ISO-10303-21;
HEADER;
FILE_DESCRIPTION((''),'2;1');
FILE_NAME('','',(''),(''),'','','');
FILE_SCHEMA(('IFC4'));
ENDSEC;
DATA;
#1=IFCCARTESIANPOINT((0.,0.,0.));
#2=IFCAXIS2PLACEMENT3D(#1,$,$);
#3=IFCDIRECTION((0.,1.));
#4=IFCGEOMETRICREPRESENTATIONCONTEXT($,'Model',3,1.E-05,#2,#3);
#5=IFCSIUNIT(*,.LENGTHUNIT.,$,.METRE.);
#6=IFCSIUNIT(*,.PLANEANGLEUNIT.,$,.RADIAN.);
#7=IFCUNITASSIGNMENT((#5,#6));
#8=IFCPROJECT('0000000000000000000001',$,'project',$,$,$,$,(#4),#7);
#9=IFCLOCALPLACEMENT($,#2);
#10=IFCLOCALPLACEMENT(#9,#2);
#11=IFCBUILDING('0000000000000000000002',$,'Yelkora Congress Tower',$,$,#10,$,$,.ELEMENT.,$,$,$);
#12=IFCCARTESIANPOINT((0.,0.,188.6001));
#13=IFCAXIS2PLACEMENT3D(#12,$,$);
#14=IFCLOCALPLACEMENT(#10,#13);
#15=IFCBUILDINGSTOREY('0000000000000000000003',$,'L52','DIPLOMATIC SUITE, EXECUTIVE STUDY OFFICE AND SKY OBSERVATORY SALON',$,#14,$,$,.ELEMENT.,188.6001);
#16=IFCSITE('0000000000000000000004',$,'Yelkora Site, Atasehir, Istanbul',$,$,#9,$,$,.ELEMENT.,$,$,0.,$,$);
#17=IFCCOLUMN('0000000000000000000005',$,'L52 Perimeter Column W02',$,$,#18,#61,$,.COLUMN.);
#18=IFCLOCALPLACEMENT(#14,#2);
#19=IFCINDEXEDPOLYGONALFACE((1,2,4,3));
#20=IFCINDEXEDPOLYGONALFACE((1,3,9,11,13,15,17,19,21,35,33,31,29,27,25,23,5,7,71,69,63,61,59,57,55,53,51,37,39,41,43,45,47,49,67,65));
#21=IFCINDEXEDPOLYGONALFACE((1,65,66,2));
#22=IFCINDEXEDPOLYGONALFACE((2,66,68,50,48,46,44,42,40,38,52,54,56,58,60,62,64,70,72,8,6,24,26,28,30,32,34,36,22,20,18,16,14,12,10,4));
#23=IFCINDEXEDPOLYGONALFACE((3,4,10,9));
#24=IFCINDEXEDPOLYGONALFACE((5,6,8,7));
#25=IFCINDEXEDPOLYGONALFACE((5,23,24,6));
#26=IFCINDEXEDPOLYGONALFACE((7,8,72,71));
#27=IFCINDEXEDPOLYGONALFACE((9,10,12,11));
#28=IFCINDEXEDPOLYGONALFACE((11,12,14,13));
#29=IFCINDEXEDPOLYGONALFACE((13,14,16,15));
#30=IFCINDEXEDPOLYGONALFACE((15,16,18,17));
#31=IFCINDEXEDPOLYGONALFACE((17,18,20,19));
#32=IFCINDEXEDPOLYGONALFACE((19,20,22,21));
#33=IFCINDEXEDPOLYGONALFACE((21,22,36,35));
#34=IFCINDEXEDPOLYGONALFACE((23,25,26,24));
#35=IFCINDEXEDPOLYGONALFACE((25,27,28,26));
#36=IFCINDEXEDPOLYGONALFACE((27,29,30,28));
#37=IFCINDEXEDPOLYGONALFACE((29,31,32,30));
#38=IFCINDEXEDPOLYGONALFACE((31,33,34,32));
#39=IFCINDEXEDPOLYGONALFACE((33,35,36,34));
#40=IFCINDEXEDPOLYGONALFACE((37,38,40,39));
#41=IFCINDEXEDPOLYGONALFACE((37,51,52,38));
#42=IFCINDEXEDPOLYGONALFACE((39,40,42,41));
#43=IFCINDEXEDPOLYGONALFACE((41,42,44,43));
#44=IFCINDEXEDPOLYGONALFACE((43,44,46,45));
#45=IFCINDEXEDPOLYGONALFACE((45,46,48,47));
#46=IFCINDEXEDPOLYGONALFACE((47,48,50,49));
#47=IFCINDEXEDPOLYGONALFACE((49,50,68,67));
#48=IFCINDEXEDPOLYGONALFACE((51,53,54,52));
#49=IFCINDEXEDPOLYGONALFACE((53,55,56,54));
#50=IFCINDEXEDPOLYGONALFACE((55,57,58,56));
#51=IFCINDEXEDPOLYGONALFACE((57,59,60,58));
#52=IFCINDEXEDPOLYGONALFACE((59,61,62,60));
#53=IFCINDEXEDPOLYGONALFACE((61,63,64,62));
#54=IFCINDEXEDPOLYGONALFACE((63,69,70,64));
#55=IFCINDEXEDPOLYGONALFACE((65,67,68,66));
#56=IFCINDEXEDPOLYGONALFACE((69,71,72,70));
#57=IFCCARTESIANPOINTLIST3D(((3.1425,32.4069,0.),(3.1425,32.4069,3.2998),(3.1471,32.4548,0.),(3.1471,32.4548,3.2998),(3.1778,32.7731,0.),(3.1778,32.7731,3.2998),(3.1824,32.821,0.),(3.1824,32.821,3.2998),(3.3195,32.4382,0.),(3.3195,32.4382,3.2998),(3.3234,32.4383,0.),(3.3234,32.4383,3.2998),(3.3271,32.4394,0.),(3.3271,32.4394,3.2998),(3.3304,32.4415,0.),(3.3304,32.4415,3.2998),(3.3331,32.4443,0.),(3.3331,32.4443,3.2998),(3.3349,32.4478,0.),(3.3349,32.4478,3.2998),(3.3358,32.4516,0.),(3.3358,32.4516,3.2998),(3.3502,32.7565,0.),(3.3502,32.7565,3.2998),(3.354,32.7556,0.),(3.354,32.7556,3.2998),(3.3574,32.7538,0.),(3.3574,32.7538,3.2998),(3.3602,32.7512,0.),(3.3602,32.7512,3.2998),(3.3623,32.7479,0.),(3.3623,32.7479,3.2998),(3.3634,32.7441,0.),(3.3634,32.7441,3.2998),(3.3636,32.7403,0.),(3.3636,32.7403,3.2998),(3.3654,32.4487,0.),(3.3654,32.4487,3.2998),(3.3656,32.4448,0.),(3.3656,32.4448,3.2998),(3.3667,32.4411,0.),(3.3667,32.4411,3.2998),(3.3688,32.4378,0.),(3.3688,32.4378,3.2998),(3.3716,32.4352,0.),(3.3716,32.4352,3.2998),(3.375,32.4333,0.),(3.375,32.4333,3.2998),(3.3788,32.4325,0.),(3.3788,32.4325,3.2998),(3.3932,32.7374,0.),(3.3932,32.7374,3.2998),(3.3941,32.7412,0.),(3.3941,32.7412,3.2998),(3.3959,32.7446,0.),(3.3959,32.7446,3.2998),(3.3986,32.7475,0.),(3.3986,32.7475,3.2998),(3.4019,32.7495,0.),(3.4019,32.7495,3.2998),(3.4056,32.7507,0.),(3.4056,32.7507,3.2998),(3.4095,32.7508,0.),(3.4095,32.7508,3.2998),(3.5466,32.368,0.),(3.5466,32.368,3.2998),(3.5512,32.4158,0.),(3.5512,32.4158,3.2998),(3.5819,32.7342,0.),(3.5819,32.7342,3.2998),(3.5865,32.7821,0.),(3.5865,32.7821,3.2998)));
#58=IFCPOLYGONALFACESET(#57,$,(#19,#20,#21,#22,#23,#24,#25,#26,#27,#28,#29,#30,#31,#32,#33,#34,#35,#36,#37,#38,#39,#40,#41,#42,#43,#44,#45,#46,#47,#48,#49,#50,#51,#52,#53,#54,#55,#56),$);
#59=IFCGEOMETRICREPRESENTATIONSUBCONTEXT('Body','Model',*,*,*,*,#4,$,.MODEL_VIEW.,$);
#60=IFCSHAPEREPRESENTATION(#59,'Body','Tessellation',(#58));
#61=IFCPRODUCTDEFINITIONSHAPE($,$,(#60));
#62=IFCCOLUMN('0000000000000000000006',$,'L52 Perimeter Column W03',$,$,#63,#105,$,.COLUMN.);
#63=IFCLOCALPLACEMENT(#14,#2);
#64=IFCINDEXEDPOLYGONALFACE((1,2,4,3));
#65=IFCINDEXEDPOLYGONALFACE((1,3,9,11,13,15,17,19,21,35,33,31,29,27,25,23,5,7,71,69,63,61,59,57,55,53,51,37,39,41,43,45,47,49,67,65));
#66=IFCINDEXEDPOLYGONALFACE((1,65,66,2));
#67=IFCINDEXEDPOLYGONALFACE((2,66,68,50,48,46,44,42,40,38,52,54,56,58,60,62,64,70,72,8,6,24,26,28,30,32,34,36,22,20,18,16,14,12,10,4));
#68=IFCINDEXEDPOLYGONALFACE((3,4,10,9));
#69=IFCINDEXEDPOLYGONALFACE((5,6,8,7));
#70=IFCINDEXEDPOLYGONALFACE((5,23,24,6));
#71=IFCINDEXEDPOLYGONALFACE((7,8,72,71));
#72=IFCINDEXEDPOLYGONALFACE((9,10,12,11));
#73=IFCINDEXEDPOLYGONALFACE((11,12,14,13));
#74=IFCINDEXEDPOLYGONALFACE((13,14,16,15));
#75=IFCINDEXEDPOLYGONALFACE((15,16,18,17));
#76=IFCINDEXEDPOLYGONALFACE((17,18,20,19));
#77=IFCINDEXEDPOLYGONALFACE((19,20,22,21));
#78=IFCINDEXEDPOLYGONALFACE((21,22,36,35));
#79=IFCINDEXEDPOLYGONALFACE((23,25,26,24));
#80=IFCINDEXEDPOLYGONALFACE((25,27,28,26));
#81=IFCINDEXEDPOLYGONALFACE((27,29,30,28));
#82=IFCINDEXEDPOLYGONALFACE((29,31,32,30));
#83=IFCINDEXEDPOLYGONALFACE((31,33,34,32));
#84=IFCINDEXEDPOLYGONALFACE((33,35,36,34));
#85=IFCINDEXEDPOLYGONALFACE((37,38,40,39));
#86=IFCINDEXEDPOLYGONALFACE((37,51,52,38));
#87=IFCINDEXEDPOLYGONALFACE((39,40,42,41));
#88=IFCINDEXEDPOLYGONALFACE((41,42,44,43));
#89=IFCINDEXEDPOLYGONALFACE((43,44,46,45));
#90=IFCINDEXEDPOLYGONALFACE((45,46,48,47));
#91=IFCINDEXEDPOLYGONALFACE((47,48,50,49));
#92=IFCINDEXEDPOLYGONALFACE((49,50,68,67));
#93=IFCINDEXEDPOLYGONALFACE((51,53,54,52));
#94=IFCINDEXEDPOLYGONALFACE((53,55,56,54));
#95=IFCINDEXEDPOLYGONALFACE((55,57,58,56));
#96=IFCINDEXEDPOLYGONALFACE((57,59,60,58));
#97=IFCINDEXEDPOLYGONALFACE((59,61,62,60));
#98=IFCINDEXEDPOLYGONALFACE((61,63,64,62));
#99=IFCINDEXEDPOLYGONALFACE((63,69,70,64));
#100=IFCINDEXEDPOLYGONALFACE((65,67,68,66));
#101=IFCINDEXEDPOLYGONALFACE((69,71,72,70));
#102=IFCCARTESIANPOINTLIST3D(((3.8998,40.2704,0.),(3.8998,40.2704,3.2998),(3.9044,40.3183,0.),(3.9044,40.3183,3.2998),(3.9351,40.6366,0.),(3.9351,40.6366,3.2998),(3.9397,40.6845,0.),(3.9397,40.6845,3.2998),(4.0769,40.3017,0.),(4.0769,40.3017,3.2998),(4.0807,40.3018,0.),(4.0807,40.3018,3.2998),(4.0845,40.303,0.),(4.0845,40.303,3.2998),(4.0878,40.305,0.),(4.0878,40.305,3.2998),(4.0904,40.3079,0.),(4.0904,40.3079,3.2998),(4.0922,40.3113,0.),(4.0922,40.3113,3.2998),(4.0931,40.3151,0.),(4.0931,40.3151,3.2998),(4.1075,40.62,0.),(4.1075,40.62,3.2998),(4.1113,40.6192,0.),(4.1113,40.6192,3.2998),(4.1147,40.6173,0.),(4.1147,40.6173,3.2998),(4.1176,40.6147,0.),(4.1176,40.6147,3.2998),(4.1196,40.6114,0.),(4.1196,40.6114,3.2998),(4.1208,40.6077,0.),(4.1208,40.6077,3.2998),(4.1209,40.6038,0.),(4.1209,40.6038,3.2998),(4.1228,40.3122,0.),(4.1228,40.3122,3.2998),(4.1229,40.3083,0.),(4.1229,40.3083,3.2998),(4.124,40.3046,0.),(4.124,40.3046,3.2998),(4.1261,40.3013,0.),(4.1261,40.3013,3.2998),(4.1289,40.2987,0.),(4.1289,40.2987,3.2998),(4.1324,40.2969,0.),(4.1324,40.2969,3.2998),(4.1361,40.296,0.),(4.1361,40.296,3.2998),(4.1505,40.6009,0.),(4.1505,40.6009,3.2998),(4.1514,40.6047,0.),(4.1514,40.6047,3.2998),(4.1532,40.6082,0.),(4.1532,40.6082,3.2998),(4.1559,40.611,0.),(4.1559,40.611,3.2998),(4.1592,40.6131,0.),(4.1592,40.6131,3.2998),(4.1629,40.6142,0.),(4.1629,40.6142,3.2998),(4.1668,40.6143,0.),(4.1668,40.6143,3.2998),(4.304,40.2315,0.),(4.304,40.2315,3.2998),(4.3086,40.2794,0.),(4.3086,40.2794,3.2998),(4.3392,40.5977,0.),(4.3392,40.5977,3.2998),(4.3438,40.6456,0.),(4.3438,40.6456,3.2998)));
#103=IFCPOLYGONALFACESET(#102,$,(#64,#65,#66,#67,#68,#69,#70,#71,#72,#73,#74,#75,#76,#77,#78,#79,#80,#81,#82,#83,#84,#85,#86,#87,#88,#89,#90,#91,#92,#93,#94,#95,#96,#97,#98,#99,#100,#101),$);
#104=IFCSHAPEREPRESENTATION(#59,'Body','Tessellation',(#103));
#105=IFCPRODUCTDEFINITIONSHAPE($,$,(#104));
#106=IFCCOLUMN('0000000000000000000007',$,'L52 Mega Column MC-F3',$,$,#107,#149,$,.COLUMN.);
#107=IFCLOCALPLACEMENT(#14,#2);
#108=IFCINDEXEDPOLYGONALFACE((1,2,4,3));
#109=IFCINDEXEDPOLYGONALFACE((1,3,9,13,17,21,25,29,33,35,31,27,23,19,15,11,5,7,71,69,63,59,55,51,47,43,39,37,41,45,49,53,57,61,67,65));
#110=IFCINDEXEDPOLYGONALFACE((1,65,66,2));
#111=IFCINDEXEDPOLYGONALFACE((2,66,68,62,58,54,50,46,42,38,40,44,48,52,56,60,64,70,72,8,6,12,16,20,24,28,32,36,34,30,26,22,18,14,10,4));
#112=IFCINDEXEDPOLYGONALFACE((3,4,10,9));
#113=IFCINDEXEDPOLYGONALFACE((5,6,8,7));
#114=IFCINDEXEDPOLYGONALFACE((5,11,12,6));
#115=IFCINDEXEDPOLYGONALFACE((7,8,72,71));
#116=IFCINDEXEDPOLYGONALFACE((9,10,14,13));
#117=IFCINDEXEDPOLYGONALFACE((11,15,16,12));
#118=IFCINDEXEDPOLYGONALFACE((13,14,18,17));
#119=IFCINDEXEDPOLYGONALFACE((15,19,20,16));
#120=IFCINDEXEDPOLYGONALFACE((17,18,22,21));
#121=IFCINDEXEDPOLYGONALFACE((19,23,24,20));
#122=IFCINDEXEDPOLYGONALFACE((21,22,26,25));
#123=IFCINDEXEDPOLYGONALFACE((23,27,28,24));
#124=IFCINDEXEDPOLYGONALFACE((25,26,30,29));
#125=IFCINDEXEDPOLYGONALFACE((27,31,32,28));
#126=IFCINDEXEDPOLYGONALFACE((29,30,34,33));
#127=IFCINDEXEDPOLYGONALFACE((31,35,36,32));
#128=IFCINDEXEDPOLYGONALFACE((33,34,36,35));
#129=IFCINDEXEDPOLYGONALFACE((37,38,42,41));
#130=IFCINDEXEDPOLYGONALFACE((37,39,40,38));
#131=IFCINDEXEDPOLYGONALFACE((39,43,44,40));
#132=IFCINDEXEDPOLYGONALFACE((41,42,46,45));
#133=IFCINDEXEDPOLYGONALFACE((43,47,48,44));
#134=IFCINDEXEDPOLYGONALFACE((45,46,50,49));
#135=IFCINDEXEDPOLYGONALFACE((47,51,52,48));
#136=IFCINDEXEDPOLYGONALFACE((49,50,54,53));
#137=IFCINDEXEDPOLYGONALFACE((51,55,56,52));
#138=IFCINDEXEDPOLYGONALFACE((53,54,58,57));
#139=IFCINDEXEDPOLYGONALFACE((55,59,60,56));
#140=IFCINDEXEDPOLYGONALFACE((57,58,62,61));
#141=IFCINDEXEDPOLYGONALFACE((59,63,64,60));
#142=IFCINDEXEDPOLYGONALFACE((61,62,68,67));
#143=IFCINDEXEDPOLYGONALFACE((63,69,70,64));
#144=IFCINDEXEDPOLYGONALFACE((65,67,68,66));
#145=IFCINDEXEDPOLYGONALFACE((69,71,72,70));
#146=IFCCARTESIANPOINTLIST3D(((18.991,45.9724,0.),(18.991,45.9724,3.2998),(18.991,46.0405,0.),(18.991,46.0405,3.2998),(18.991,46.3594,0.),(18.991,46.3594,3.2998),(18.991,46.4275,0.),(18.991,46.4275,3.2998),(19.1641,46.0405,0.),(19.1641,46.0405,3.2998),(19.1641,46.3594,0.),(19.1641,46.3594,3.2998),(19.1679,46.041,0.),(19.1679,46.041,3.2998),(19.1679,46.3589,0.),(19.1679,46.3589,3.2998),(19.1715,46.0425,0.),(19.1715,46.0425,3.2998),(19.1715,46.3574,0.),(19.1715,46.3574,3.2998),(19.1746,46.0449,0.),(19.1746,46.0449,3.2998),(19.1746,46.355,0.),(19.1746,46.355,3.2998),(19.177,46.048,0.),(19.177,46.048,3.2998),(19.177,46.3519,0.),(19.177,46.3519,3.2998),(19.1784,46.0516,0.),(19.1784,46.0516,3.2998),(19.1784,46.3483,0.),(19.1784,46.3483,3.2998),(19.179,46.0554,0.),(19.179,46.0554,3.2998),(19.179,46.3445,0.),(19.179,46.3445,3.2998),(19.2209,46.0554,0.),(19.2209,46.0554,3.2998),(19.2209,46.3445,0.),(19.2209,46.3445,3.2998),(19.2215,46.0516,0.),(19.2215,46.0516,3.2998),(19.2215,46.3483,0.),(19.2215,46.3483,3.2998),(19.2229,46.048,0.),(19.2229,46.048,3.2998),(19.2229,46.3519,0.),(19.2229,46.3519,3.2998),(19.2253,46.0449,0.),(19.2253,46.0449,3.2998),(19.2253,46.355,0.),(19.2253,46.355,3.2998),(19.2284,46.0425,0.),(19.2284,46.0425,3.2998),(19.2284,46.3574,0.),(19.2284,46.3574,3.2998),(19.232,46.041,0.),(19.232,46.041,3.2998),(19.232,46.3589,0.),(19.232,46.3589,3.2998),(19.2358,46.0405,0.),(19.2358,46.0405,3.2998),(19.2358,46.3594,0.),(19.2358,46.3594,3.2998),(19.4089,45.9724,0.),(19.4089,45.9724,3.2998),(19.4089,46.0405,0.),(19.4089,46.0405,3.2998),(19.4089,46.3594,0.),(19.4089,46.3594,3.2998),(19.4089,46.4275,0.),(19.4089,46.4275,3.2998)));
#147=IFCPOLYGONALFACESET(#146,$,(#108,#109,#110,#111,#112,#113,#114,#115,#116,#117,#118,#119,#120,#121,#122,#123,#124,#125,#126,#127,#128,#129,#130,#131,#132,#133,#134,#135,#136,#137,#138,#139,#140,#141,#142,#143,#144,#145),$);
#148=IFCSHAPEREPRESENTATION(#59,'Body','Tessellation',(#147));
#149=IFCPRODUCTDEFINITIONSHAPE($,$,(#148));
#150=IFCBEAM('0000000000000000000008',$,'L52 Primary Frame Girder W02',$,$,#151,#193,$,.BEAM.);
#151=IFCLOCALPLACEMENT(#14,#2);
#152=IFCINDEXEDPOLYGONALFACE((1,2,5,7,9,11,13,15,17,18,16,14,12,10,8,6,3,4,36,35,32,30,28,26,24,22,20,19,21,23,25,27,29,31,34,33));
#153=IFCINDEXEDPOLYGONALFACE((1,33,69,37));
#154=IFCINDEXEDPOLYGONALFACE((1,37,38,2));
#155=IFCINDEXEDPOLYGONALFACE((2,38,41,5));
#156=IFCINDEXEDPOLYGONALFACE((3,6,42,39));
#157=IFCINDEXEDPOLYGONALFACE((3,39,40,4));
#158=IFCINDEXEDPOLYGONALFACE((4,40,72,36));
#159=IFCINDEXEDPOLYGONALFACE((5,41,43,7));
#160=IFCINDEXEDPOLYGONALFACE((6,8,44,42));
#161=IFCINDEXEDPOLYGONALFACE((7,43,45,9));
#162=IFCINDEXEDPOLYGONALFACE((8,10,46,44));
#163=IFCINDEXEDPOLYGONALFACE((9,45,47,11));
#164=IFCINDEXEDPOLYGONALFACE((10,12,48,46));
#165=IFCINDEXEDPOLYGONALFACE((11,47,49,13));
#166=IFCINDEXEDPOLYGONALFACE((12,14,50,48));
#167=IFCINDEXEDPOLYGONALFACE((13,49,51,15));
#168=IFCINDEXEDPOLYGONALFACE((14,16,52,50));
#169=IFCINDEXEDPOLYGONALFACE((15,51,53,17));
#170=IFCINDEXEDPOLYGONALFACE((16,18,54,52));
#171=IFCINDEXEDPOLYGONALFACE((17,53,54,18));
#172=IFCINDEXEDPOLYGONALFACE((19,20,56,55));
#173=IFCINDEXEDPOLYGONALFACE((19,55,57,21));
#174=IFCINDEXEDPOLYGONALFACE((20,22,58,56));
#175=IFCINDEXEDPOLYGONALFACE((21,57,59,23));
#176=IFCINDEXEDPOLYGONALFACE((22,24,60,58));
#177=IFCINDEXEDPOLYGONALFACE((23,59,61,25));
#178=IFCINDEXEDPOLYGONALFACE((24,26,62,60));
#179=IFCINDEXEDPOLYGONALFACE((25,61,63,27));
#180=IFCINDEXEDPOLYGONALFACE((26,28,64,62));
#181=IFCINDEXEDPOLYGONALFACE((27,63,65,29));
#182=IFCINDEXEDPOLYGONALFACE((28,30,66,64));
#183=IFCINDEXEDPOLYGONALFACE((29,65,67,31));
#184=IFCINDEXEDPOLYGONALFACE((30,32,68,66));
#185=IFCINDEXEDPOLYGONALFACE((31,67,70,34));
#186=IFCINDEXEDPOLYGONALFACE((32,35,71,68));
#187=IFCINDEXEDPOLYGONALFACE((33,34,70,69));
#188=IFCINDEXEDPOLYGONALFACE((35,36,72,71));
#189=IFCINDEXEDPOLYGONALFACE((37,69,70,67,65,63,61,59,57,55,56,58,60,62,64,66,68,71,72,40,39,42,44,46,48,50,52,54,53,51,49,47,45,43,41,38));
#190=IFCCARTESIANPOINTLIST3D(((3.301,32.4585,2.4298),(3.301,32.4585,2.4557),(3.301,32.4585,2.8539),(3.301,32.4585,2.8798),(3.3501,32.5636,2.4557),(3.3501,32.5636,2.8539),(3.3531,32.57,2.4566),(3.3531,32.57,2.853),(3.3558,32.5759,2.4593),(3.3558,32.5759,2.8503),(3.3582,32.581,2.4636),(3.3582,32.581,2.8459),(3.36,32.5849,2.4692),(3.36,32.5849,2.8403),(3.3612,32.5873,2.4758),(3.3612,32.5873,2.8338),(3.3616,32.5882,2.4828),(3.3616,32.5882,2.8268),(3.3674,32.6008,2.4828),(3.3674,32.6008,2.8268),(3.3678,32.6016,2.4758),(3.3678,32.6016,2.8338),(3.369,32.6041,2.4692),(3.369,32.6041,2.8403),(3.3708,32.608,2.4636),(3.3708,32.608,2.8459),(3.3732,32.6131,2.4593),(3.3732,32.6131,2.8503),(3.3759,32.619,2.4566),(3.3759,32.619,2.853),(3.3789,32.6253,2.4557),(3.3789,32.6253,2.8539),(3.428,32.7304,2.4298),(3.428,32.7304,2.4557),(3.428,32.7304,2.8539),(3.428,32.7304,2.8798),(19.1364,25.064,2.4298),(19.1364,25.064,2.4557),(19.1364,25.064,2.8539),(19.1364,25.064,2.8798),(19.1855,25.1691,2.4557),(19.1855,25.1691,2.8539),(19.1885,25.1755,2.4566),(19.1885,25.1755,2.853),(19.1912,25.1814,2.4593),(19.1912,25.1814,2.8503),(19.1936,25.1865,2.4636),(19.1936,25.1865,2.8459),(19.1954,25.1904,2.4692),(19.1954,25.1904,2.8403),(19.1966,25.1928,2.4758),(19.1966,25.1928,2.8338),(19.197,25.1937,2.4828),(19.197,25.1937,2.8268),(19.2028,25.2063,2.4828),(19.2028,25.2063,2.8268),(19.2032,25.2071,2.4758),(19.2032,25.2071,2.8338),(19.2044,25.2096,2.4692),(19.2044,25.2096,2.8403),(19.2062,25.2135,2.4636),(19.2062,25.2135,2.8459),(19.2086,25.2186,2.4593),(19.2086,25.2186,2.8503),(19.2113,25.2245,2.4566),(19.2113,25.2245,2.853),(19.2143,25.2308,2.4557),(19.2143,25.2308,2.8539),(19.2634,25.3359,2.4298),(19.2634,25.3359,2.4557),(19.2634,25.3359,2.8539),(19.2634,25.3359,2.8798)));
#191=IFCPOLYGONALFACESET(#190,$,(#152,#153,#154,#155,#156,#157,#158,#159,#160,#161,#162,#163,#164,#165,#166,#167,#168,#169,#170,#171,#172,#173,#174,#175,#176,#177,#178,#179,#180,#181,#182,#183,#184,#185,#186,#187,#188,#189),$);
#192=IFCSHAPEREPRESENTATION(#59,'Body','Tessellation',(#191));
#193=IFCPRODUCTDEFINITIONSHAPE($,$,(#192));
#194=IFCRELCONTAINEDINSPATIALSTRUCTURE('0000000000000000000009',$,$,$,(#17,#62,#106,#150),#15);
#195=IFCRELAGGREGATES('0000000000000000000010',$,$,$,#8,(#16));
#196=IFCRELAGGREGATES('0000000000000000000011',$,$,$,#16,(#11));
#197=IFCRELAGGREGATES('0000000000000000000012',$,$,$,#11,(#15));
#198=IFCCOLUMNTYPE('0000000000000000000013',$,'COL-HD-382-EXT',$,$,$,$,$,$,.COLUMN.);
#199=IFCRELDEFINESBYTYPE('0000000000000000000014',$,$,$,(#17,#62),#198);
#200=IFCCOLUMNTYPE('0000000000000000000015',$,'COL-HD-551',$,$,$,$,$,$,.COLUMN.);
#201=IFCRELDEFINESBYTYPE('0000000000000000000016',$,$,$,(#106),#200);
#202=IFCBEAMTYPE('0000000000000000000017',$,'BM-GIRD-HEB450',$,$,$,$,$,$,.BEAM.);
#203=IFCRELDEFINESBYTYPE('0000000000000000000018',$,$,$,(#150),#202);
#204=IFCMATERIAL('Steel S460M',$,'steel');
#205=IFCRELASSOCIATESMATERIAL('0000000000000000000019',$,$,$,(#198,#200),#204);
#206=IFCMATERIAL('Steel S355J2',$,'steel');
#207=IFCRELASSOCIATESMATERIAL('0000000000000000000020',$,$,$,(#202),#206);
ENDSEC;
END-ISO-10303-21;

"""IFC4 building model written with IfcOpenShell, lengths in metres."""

from ifc_helpers import new_model, si_unit, direction, frame, origin, origin_2d, place, context, subcontext, project, spatial, i_section, extrude, material, material_profile, profile_set, type_object, element, save


model = new_model("IFC4")

# Units and contexts
model_context = context("Model", 3, precision=1e-05, world=origin(), true_north=direction((0.0, 1.0)))
body_context = subcontext(model_context, "Body", "Model", "MODEL_VIEW")
ifc_project = project(units=[si_unit("LENGTHUNIT", "METRE"), si_unit("PLANEANGLEUNIT", "RADIAN")], contexts=[model_context])

# Site, building, storey
site_placement = place(None, origin())
site = spatial("IfcSite", under=ifc_project, at=site_placement, Name="Yelkora Site, Atasehir, Istanbul", CompositionType="ELEMENT", RefElevation=0.0)
building_placement = place(site_placement, origin())
building = spatial("IfcBuilding", under=site, at=building_placement, Name="Yelkora Congress Tower", CompositionType="ELEMENT")
storey_placement = place(building_placement, frame((0.0, 0.0, 188.6001)))
storey = spatial("IfcBuildingStorey", under=building, at=storey_placement, Name="L52", Description="DIPLOMATIC SUITE, EXECUTIVE STUDY OFFICE AND SKY OBSERVATORY SALON", CompositionType="ELEMENT", Elevation=188.6001)

# Columns
ifc_material_1 = material(Name="Steel S460M", Category="steel")
ifc_material_profile_1 = material_profile(ifc_material_1, i_section(OverallWidth=0.406, OverallDepth=0.416, WebThickness=0.0298, FlangeThickness=0.0481, FilletRadius=0.0149, at=origin_2d()), Name="HD 400x382")
ifc_profile_set_1 = profile_set([ifc_material_profile_1], Name="Steel S460M")
column_type_1 = type_object("IfcColumnType", Name="COL-HD-382-EXT", PredefinedType="COLUMN", material=ifc_profile_set_1)
for number, where, z_axis, x_axis, name in (
    (1, (3.3645, 32.5945, 0.0), (0.0, 0.0, 1.0), (0.995396, -0.095846, 0.0), "L52 Perimeter Column W02"),
    (2, (4.1218, 40.458, 0.0), (0.0, 0.0, 1.0), (0.995396, -0.095846, 0.0), "L52 Perimeter Column W03"),
):
    element("IfcColumn", number, at=place(storey_placement, frame(where, z_axis=z_axis, x_axis=x_axis)), inside=storey, type_object=column_type_1, Name=name, PredefinedType="COLUMN", context=body_context, shape_type="SweptSolid", body=[
        extrude(i_section(OverallWidth=0.406, OverallDepth=0.416, WebThickness=0.0298, FlangeThickness=0.0481, FilletRadius=0.0149, at=origin_2d()), origin(), (0.0, 0.0, 1.0), 3.2998),
    ])
ifc_material_profile_2 = material_profile(ifc_material_1, i_section(OverallWidth=0.418, OverallDepth=0.4551, WebThickness=0.042, FlangeThickness=0.0681, FilletRadius=0.0149, at=origin_2d()), Name="HD 400x551")
ifc_profile_set_2 = profile_set([ifc_material_profile_2], Name="Steel S460M")
column_type_2 = type_object("IfcColumnType", Name="COL-HD-551", PredefinedType="COLUMN", material=ifc_profile_set_2)
column_placement = place(storey_placement, frame((19.2, 46.2, 0.0), z_axis=(0.0, 0.0, 1.0), x_axis=(1.0, 0.0, 0.0)))
element("IfcColumn", 3, at=column_placement, inside=storey, type_object=column_type_2, Name="L52 Mega Column MC-F3", PredefinedType="COLUMN", context=body_context, shape_type="SweptSolid", body=[
    extrude(i_section(OverallWidth=0.418, OverallDepth=0.4551, WebThickness=0.042, FlangeThickness=0.0681, FilletRadius=0.0149, at=origin_2d()), origin(), (0.0, 0.0, 1.0), 3.2998),
])

# Beam
ifc_material_2 = material(Name="Steel S355J2", Category="steel")
ifc_material_profile_3 = material_profile(ifc_material_2, i_section(OverallWidth=0.3, OverallDepth=0.45, WebThickness=0.0139, FlangeThickness=0.0259, FilletRadius=0.0271, at=origin_2d()), Name="HEB 450")
ifc_profile_set_3 = profile_set([ifc_material_profile_3], Name="Steel S355J2")
beam_type_1 = type_object("IfcBeamType", Name="BM-GIRD-HEB450", PredefinedType="BEAM", material=ifc_profile_set_3)
beam_1_placement = place(storey_placement, frame((3.3645, 32.5945, 2.6548), z_axis=(0.906081, -0.423104, 0.0), x_axis=(0.423104, 0.906081, 0.0)))
element("IfcBeam", 4, at=beam_1_placement, inside=storey, type_object=beam_type_1, Name="L52 Primary Frame Girder W02", PredefinedType="BEAM", context=body_context, shape_type="SweptSolid", body=[
    extrude(i_section(OverallWidth=0.3, OverallDepth=0.45, WebThickness=0.0139, FlangeThickness=0.0259, FilletRadius=0.0271, at=origin_2d()), origin(), (0.0, 0.0, 1.0), 17.4768),
])

save(model, "model.ifc")
